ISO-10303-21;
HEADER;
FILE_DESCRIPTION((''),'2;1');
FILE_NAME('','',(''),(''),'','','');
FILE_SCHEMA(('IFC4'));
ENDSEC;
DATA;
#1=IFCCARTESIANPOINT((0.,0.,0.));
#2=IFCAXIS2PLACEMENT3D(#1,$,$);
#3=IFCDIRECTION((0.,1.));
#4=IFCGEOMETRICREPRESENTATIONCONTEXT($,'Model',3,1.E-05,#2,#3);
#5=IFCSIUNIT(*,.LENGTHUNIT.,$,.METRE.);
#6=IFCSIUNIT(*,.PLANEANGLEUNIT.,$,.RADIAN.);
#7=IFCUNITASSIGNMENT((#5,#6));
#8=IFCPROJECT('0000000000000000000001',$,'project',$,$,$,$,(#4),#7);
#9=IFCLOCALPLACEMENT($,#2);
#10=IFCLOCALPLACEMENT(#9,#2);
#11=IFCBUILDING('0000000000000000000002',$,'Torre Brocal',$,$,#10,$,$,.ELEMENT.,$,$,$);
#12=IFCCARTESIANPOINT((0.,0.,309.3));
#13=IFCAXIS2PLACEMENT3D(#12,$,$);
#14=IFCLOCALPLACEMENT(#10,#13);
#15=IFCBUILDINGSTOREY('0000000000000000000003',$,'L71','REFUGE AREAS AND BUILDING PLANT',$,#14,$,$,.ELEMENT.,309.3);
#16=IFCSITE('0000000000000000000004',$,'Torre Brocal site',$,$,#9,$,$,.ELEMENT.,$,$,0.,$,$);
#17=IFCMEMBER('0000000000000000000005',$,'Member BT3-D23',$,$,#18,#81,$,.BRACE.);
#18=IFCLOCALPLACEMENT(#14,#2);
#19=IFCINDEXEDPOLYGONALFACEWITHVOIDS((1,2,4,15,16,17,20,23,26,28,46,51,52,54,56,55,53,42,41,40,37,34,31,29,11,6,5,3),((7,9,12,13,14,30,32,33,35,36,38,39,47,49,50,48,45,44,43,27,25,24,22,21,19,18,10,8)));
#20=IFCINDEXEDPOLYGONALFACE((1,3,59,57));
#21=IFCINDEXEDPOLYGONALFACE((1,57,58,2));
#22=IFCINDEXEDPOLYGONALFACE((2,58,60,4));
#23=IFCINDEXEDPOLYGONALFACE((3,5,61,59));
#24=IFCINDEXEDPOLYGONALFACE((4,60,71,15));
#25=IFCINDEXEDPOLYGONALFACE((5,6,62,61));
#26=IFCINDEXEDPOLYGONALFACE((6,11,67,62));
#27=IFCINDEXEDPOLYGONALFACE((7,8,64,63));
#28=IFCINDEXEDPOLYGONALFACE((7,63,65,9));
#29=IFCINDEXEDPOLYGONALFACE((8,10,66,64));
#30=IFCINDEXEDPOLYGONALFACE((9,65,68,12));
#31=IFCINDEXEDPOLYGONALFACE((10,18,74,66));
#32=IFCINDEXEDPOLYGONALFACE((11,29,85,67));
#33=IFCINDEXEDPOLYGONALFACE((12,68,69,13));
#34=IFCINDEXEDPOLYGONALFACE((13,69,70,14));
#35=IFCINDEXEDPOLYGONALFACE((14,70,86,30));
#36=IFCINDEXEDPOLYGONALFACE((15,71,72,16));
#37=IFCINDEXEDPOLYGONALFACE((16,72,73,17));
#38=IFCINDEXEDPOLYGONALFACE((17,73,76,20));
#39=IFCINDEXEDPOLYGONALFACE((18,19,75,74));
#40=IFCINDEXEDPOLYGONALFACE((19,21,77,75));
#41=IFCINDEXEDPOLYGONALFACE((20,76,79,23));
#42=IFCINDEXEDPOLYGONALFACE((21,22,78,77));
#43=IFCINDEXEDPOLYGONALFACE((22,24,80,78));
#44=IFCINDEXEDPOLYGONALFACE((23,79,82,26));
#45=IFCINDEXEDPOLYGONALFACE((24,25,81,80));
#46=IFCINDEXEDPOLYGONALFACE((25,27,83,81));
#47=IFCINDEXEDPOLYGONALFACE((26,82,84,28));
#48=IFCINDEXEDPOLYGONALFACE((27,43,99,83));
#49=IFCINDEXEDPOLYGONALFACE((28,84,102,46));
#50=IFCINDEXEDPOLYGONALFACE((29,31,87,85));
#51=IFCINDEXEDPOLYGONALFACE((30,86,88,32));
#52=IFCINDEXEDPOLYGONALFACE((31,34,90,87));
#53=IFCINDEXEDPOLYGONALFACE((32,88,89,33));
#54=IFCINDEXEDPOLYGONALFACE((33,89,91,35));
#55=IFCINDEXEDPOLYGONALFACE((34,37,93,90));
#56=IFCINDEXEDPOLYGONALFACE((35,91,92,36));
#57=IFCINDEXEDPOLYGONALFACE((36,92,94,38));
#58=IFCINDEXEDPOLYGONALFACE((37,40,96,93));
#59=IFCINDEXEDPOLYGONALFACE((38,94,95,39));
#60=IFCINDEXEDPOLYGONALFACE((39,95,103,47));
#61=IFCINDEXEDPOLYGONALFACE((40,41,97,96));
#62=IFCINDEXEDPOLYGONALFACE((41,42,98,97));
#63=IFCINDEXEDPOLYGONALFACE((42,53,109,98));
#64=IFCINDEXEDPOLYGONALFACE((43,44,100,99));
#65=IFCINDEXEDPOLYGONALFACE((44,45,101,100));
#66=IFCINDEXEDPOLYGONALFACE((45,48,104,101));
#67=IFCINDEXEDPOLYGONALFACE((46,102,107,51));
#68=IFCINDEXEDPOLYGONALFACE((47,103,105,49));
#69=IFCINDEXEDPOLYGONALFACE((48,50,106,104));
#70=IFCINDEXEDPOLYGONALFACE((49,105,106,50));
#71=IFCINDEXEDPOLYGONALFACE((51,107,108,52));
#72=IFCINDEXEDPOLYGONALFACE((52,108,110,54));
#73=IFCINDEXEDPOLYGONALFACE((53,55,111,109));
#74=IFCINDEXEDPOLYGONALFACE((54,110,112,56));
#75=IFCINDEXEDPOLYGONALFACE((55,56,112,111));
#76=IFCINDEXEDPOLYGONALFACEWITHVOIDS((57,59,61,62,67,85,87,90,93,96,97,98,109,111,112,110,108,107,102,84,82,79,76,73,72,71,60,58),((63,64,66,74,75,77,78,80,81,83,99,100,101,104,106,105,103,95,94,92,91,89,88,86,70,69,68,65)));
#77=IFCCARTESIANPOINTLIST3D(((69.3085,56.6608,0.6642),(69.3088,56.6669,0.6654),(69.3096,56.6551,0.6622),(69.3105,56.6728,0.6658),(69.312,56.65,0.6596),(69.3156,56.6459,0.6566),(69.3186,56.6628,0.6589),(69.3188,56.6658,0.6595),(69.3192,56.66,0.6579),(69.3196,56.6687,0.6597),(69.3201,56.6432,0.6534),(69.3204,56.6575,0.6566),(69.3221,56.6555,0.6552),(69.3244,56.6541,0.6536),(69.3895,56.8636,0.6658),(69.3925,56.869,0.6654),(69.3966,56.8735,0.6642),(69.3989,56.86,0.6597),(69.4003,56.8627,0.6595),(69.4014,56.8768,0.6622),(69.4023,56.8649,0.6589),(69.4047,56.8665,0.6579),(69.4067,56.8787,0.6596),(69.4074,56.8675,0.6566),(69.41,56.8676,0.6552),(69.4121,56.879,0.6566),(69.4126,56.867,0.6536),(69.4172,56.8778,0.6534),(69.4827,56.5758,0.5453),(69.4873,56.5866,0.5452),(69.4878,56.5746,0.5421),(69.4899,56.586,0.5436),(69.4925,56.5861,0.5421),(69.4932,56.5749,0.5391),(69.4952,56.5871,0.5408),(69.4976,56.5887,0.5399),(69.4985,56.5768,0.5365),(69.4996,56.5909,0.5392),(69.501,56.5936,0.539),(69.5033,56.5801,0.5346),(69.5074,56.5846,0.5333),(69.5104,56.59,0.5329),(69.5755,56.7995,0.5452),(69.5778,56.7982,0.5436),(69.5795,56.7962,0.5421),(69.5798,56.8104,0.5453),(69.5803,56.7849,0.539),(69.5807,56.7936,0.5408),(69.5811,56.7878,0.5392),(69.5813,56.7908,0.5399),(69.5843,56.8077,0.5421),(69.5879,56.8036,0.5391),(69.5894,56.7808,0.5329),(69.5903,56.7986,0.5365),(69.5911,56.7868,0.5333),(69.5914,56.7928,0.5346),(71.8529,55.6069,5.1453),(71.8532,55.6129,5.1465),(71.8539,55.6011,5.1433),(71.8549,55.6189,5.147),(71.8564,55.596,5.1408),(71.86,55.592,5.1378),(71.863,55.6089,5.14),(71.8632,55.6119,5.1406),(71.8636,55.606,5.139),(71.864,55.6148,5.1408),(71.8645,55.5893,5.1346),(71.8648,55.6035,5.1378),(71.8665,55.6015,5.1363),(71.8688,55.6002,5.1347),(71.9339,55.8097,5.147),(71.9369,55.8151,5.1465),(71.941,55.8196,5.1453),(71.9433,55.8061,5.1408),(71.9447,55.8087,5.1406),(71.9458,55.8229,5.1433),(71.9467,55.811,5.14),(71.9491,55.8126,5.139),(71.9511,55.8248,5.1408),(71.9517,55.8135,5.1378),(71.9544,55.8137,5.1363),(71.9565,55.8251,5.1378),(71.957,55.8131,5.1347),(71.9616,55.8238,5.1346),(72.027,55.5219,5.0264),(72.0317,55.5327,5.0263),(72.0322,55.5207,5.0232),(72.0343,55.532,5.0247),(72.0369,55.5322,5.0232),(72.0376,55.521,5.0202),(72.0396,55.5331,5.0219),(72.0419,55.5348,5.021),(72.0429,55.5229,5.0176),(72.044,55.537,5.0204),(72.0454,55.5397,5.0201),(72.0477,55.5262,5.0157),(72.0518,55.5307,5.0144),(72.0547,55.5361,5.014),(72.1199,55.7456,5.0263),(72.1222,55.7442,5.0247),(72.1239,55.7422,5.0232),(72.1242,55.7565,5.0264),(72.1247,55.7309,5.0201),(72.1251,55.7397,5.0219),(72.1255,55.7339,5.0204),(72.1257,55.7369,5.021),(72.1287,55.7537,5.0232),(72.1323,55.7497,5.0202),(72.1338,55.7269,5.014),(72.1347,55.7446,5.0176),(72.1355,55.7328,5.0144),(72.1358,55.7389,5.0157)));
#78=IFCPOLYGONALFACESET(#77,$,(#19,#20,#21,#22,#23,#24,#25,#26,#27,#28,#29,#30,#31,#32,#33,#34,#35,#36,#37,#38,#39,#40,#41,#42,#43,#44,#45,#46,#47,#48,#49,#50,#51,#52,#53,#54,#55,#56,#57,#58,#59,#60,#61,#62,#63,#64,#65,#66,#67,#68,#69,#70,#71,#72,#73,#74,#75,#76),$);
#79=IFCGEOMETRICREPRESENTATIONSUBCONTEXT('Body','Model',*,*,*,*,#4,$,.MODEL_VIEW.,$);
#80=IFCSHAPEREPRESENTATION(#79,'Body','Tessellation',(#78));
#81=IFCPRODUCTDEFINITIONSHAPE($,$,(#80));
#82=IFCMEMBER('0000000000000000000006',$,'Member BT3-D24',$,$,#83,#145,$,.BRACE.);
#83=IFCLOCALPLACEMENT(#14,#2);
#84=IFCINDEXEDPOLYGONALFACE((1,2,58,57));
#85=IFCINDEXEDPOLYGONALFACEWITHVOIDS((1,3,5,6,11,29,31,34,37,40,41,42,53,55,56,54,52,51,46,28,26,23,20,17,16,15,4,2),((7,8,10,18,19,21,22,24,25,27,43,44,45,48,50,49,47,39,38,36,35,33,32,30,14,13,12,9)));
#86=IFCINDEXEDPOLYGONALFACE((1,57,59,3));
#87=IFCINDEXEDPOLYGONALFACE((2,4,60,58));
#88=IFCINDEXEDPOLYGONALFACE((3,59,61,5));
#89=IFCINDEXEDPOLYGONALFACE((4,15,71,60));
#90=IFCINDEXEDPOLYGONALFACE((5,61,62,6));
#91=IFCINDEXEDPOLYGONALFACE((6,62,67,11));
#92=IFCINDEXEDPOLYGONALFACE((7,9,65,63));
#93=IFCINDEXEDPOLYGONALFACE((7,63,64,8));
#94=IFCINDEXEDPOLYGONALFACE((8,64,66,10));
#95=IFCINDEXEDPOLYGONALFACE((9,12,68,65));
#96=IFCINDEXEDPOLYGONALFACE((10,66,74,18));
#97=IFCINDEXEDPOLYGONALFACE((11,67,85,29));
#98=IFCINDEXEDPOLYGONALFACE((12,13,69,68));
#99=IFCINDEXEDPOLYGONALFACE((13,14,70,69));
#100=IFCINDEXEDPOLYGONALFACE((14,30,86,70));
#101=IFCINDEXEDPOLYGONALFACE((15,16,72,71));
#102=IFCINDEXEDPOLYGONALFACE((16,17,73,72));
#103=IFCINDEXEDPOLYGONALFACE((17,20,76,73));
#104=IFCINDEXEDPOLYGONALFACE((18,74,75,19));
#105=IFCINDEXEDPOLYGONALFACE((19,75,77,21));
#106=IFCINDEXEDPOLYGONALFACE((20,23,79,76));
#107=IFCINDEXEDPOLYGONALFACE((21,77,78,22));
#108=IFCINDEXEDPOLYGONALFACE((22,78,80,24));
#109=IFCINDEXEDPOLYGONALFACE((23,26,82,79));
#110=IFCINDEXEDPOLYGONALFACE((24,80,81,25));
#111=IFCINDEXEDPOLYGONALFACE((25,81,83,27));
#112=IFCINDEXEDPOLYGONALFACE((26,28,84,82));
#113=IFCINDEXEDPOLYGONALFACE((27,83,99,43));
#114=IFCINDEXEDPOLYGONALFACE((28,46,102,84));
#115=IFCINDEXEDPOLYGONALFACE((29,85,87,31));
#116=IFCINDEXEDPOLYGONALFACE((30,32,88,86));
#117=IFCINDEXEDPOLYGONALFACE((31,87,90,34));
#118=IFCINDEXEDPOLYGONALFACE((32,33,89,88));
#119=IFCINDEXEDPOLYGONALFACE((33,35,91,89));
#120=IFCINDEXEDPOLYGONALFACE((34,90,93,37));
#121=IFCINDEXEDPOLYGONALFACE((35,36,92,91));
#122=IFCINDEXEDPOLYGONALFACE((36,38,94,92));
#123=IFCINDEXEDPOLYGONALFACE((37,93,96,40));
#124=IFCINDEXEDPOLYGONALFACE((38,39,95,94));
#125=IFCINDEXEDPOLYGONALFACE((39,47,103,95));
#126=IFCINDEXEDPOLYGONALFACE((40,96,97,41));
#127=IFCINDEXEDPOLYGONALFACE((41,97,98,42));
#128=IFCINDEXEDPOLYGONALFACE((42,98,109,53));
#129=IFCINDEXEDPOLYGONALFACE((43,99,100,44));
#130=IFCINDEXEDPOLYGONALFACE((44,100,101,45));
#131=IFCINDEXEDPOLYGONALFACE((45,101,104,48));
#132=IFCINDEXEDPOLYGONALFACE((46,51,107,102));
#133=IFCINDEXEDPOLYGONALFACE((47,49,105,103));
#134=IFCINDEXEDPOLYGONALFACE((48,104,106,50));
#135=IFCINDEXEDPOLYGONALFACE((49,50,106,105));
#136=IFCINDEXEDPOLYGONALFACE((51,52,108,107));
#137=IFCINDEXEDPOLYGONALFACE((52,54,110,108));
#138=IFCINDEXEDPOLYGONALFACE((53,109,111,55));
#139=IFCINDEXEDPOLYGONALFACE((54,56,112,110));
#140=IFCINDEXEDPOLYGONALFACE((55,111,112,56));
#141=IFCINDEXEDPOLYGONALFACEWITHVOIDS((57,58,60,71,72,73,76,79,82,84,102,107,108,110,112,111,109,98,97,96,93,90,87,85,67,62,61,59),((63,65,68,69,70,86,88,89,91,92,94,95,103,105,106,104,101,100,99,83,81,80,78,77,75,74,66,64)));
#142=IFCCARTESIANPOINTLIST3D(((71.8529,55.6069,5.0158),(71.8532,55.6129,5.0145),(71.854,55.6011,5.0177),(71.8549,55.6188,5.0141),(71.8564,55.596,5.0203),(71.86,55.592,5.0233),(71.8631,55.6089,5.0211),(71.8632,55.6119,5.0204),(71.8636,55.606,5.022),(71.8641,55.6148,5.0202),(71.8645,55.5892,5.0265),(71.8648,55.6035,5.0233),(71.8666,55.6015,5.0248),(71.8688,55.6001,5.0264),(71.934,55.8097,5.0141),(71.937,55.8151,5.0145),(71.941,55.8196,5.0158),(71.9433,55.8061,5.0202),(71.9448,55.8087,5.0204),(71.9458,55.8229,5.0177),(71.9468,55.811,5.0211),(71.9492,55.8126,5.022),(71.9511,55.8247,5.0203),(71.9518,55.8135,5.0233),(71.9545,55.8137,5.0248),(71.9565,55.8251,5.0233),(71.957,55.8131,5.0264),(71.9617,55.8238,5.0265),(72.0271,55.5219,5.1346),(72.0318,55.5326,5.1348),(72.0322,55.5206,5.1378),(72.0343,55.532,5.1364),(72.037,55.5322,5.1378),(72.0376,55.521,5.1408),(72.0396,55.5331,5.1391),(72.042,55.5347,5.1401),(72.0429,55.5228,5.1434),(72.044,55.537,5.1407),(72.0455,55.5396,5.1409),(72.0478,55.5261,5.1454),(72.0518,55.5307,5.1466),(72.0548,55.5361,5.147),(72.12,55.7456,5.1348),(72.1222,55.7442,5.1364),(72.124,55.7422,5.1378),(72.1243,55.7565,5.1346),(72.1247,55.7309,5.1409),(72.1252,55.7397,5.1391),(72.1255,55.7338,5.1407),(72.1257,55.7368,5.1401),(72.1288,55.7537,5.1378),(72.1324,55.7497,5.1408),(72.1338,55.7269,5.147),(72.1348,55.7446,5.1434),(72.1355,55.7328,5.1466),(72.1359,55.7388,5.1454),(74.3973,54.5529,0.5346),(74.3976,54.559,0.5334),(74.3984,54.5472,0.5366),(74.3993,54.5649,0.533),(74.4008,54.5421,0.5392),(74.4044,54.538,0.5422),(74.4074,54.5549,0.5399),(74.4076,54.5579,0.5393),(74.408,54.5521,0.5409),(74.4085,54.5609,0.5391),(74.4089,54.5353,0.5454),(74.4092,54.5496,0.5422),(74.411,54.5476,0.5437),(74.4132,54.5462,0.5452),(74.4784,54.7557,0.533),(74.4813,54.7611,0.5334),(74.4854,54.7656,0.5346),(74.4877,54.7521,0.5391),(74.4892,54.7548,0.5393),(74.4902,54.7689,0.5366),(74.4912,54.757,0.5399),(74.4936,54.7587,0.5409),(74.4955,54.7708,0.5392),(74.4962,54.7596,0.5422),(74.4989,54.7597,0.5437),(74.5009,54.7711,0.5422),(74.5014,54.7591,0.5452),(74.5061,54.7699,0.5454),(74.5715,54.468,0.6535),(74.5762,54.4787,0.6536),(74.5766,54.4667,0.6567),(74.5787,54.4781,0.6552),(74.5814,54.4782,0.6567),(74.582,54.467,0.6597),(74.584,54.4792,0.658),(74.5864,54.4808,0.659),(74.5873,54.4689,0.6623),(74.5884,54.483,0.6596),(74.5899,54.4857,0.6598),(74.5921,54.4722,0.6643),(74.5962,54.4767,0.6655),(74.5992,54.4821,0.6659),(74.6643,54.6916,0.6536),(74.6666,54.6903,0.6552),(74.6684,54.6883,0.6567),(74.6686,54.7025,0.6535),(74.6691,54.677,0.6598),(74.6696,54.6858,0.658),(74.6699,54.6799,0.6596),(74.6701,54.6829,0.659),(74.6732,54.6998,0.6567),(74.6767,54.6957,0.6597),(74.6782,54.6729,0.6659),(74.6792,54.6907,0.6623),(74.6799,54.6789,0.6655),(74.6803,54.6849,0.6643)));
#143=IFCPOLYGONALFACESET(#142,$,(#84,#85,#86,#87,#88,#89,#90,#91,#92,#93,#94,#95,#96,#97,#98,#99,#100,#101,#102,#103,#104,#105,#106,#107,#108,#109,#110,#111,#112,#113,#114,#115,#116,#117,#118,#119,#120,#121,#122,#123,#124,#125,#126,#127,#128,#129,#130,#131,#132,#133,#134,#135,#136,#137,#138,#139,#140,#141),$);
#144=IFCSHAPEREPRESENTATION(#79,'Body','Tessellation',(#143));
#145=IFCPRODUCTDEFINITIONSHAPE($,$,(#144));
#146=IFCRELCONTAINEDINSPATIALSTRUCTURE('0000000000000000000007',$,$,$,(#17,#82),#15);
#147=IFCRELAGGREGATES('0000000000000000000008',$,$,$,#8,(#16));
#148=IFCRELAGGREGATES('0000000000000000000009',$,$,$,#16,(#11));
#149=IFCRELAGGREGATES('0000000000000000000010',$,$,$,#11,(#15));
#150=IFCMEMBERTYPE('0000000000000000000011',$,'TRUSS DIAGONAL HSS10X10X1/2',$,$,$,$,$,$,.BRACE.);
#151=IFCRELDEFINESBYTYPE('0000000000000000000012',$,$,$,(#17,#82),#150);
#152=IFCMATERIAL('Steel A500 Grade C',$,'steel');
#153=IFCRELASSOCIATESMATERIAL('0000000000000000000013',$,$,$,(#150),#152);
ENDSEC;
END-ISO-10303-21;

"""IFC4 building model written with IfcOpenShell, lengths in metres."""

from ifc_helpers import new_model, si_unit, direction, frame, origin, origin_2d, place, context, subcontext, project, spatial, hollow_rectangle, extrude, material, material_profile, profile_set, type_object, element, save


model = new_model("IFC4")

# Units and contexts
model_context = context("Model", 3, precision=1e-05, world=origin(), true_north=direction((0.0, 1.0)))
body_context = subcontext(model_context, "Body", "Model", "MODEL_VIEW")
ifc_project = project(units=[si_unit("LENGTHUNIT", "METRE"), si_unit("PLANEANGLEUNIT", "RADIAN")], contexts=[model_context])

# Site, building, storey
site_placement = place(None, origin())
site = spatial("IfcSite", under=ifc_project, at=site_placement, Name="Torre Brocal site", CompositionType="ELEMENT", RefElevation=0.0)
building_placement = place(site_placement, origin())
building = spatial("IfcBuilding", under=site, at=building_placement, Name="Torre Brocal", CompositionType="ELEMENT")
storey_placement = place(building_placement, frame((0.0, 0.0, 309.3)))
storey = spatial("IfcBuildingStorey", under=building, at=storey_placement, Name="L71", Description="REFUGE AREAS AND BUILDING PLANT", CompositionType="ELEMENT", Elevation=309.3)

# Members
ifc_material_1 = material(Name="Steel A500 Grade C", Category="steel")
ifc_material_profile_1 = material_profile(ifc_material_1, hollow_rectangle(XDim=0.2539, YDim=0.2539, WallThickness=0.0117, InnerFilletRadius=0.0117, OuterFilletRadius=0.0237, at=origin_2d()), Name="HSS10X10X1/2")
ifc_profile_set_1 = profile_set([ifc_material_profile_1], Name="Steel A500 Grade C")
member_type_1 = type_object("IfcMemberType", Name="TRUSS DIAGONAL HSS10X10X1/2", PredefinedType="BRACE", material=ifc_profile_set_1)
for number, where, z_axis, x_axis, name in (
    (1, (69.45, 56.7268, 0.5994), (0.483745, -0.200377, 0.851962), (0.382688, 0.923877, 0.0), "Member BT3-D23"),
    (2, (71.9944, 55.6729, 5.0806), (0.483745, -0.200377, -0.851962), (0.382688, 0.923877, 0.0), "Member BT3-D24"),
):
    element("IfcMember", number, at=place(storey_placement, frame(where, z_axis=z_axis, x_axis=x_axis)), inside=storey, type_object=member_type_1, Name=name, PredefinedType="BRACE", context=body_context, shape_type="SweptSolid", body=[
        extrude(hollow_rectangle(XDim=0.2539, YDim=0.2539, WallThickness=0.0117, InnerFilletRadius=0.0117, OuterFilletRadius=0.0237, at=origin_2d()), origin(), (0.0, 0.0, 1.0), 5.2598),
    ])

save(model, "model.ifc")
